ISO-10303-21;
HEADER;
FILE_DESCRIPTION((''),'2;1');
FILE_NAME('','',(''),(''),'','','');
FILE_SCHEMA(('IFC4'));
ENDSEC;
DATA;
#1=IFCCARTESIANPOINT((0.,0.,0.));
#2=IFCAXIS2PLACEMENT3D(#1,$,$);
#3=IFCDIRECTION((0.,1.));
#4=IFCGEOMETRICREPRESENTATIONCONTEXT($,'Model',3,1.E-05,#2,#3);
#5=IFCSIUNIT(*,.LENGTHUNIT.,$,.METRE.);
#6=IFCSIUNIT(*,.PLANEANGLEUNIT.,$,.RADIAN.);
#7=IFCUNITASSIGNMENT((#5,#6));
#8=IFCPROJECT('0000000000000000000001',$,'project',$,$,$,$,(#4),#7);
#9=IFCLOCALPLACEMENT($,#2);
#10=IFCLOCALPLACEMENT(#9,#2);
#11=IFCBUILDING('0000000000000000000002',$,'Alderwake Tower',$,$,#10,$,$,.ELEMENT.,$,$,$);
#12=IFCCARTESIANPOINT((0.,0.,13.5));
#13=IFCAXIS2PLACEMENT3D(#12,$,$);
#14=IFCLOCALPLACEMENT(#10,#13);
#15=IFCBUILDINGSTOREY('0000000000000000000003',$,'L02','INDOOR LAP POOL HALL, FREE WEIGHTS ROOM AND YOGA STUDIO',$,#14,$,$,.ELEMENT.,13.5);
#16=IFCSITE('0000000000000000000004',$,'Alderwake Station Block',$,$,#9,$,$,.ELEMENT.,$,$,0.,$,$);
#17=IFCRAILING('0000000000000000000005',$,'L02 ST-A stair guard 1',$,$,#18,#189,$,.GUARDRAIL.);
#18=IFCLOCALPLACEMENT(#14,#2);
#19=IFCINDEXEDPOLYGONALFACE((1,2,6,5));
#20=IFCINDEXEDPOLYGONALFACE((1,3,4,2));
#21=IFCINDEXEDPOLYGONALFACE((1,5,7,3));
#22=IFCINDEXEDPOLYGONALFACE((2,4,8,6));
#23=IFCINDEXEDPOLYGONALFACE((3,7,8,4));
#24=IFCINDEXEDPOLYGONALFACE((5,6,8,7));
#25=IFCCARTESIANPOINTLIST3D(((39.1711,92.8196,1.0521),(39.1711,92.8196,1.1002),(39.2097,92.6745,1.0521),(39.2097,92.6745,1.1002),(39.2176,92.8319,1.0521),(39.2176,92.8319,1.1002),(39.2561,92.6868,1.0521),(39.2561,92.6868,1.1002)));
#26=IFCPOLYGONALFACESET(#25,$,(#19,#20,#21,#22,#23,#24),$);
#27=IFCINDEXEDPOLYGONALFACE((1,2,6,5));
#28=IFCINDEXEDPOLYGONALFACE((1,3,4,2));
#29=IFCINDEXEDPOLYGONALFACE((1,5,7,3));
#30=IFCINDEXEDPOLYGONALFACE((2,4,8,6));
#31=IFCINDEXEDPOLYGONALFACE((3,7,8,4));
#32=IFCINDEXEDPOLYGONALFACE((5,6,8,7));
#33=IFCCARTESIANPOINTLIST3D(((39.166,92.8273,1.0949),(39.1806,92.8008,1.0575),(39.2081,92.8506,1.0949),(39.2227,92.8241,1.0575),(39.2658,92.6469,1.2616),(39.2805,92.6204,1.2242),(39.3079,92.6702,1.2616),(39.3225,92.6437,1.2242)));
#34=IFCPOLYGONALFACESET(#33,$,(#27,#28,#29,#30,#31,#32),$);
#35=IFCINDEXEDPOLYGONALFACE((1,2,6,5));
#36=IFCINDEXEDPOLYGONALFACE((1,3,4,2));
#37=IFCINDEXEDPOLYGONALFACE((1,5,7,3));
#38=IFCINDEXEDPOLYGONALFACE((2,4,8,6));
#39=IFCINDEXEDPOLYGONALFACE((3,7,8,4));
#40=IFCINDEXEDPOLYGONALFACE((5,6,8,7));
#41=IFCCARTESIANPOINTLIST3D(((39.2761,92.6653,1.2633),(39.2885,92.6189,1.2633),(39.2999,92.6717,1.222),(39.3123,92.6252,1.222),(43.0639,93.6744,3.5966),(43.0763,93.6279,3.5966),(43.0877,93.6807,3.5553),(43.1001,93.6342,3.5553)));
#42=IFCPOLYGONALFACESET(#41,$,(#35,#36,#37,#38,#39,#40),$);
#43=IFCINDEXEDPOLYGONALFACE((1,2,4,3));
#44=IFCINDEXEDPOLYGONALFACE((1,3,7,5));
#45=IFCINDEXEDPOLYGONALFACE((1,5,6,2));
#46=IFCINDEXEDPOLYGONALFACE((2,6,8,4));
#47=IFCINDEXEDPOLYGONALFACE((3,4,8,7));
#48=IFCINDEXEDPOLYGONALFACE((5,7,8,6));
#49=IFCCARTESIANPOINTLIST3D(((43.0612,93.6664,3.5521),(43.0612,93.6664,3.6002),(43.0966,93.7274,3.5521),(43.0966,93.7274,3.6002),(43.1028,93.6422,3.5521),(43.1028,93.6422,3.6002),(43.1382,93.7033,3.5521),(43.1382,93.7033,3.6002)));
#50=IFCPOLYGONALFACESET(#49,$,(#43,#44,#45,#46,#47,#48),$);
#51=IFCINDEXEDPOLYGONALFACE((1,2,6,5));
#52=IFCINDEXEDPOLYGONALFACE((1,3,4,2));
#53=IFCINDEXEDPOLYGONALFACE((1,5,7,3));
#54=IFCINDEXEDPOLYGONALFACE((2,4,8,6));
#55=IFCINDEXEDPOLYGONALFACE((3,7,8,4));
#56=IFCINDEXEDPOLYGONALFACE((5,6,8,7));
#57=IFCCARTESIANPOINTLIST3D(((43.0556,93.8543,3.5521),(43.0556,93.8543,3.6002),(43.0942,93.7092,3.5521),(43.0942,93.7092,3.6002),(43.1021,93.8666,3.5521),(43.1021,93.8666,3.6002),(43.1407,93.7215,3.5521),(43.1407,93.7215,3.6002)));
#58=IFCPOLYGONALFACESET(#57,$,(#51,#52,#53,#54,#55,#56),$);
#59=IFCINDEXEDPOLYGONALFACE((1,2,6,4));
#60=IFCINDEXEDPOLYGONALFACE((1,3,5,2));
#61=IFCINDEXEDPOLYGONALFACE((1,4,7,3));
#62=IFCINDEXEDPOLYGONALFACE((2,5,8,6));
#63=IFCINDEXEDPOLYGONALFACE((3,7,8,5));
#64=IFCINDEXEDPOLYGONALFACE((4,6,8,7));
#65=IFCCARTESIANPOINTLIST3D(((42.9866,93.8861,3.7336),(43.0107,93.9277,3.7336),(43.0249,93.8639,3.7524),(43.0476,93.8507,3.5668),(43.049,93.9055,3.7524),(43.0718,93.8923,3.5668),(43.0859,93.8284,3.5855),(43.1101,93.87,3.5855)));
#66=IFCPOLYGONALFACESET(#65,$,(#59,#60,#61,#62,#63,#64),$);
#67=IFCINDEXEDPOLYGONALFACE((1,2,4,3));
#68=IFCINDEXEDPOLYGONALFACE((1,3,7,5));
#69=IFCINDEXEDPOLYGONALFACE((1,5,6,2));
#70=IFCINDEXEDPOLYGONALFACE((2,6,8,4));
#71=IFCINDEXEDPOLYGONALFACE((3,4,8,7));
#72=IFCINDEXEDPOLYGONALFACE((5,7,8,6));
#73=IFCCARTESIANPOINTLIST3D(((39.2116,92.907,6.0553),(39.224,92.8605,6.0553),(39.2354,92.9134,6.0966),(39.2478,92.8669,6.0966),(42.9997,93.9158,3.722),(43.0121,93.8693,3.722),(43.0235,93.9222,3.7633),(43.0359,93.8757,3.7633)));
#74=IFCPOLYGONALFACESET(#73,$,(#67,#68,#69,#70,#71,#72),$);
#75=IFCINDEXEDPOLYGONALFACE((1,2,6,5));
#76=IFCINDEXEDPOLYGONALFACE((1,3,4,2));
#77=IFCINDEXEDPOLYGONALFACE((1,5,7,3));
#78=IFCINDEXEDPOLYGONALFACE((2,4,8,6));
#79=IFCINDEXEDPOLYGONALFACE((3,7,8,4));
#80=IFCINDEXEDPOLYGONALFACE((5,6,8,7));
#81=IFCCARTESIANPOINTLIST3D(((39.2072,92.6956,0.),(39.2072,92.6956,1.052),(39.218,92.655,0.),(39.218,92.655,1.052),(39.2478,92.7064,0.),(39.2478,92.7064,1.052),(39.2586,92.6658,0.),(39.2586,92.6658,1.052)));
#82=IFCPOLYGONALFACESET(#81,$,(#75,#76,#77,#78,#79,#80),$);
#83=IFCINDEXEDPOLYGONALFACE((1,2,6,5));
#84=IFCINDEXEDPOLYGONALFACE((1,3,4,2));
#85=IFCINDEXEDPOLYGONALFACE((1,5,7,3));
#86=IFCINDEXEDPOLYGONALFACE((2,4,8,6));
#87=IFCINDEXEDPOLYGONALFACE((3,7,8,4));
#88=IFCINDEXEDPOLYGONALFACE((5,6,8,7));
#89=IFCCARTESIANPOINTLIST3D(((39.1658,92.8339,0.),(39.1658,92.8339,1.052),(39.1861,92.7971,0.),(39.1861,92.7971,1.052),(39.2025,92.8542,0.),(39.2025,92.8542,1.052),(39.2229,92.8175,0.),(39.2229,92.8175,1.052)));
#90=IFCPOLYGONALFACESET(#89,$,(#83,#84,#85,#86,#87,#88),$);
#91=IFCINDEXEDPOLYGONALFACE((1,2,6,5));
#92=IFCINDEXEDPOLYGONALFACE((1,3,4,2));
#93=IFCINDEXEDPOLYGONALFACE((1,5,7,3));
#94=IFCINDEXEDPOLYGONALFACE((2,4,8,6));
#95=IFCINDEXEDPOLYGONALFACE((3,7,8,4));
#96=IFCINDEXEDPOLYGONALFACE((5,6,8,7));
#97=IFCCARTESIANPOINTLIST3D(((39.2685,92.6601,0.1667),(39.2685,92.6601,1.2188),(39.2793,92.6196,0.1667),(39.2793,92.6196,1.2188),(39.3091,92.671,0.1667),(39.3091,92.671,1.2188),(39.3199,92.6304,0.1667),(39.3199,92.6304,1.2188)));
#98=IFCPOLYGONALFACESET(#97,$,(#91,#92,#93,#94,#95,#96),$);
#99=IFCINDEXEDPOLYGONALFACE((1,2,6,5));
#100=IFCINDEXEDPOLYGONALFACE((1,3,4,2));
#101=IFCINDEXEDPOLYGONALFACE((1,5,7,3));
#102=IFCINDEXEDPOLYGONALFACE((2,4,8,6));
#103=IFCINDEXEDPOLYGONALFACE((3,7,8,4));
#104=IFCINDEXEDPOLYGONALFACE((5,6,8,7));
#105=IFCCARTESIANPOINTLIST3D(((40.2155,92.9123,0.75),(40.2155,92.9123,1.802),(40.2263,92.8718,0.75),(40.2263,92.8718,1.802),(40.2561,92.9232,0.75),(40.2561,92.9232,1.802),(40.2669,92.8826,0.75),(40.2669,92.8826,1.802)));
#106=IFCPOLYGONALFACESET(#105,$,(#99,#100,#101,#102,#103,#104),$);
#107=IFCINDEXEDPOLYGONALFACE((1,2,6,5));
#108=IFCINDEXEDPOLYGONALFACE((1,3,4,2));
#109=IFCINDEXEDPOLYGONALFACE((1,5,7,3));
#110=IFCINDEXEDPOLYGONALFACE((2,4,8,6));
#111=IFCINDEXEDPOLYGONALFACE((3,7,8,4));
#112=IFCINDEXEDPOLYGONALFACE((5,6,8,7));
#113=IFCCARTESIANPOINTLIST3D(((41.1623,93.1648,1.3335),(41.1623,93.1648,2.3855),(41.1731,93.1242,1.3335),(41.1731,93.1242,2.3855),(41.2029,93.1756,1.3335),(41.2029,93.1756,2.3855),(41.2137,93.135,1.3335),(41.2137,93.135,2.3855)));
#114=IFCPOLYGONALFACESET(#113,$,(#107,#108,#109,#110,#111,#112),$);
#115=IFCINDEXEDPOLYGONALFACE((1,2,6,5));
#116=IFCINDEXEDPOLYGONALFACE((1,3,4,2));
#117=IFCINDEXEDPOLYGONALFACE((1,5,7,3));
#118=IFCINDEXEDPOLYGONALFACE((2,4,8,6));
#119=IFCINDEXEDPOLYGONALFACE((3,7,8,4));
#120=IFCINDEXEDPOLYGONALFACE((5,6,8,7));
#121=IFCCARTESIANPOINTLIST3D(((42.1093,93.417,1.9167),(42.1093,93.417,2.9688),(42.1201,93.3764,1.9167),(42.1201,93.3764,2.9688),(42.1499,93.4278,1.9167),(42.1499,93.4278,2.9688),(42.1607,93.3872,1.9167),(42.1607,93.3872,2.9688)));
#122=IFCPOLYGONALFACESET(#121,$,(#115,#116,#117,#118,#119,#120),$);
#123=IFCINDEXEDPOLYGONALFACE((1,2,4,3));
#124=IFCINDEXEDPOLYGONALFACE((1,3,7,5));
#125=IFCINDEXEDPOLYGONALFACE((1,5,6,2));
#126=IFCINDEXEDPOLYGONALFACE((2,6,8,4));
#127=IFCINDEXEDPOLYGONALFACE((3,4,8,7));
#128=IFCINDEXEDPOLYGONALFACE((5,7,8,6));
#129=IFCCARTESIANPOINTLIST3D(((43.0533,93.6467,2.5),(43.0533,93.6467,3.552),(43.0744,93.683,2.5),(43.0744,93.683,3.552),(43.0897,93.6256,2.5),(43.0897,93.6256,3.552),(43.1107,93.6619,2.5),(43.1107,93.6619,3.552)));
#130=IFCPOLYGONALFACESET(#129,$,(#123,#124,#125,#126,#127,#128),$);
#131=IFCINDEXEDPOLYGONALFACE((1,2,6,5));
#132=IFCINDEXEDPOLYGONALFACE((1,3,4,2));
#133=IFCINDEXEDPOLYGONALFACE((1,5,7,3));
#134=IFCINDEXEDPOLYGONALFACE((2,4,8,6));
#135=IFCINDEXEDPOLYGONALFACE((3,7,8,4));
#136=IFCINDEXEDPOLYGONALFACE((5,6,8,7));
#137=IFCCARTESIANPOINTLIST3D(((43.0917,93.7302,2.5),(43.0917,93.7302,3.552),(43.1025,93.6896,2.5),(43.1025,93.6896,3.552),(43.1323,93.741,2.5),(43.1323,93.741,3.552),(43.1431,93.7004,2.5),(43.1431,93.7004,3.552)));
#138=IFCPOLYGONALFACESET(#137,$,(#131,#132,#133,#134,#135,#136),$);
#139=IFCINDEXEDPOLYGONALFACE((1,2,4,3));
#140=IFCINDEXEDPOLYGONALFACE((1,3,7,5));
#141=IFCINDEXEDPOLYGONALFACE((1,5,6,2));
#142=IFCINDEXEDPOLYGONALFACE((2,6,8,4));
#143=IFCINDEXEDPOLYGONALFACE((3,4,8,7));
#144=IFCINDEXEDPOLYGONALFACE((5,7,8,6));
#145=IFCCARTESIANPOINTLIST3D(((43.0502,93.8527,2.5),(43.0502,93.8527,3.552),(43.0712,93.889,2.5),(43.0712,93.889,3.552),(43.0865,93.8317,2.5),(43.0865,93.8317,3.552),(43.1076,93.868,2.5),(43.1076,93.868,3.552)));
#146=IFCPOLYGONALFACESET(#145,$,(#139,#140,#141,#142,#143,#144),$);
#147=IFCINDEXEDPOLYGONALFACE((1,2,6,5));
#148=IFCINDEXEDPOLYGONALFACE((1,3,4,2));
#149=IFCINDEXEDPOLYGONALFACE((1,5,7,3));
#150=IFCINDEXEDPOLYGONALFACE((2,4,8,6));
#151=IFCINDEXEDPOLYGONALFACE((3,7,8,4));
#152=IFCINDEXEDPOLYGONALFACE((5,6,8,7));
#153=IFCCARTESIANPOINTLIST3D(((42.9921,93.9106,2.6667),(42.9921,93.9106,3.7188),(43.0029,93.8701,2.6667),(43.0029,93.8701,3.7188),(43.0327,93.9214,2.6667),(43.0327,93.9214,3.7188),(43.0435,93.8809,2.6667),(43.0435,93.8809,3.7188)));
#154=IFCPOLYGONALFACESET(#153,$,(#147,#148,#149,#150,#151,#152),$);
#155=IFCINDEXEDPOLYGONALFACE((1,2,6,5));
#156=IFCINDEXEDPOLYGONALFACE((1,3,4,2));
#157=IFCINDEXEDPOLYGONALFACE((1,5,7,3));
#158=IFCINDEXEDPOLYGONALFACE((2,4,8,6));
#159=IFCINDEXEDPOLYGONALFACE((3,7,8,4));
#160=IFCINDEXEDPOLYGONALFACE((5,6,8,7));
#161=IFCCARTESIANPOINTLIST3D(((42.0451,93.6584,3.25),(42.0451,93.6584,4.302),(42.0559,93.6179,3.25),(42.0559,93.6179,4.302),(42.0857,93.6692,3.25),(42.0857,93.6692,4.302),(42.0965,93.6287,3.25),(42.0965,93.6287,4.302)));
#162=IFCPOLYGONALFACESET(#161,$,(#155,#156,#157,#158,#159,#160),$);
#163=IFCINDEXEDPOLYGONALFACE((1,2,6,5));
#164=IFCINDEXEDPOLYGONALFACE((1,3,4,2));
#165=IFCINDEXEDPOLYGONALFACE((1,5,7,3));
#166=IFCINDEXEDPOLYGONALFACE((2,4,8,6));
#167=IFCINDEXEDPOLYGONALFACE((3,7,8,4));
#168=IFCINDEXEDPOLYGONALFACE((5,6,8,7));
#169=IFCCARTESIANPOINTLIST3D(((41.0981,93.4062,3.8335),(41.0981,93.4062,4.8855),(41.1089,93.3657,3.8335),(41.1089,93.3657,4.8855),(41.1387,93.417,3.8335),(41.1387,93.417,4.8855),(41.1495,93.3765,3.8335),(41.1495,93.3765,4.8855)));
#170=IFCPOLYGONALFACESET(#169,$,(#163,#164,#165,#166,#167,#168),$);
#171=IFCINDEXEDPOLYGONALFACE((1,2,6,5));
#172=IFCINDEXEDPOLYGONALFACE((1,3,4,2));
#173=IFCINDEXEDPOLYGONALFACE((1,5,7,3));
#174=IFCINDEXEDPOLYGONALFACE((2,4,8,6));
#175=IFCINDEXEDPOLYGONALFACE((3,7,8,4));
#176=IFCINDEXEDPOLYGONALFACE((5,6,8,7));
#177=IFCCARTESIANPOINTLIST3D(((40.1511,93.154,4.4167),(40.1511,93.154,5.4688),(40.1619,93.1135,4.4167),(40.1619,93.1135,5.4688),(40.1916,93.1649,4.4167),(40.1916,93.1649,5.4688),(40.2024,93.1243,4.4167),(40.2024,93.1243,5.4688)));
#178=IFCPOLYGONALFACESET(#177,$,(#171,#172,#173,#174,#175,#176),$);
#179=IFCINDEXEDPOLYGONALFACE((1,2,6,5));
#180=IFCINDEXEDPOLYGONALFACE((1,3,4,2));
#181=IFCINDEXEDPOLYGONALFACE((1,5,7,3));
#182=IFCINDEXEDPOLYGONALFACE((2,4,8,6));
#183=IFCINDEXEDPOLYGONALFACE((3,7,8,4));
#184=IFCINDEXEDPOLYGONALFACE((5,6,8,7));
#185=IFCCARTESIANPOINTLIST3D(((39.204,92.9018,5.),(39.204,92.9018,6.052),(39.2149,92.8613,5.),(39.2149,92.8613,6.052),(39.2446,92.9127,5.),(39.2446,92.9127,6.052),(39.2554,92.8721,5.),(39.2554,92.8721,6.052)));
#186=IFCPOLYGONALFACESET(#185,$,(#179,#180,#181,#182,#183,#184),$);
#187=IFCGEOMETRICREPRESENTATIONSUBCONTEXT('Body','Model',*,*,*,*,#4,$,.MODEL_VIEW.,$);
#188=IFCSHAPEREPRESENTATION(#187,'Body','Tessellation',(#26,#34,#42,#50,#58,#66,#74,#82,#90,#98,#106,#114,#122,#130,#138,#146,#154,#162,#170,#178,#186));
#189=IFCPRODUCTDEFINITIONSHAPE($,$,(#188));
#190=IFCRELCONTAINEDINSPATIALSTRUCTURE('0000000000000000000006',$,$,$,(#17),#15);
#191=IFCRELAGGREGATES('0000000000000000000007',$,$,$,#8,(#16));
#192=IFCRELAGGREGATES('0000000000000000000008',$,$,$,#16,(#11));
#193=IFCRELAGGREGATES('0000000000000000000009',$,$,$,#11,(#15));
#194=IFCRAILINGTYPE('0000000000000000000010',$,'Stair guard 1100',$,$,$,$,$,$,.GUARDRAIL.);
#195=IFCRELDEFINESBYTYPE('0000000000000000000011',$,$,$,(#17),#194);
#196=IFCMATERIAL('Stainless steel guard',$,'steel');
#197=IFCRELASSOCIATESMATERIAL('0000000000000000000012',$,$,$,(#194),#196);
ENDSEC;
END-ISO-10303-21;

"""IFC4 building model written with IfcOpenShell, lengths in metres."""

from ifc_helpers import new_model, si_unit, direction, frame, origin, origin_2d, place, context, subcontext, project, spatial, rectangle, extrude, material, type_object, element, save


model = new_model("IFC4")

# Units and contexts
model_context = context("Model", 3, precision=1e-05, world=origin(), true_north=direction((0.0, 1.0)))
body_context = subcontext(model_context, "Body", "Model", "MODEL_VIEW")
ifc_project = project(units=[si_unit("LENGTHUNIT", "METRE"), si_unit("PLANEANGLEUNIT", "RADIAN")], contexts=[model_context])

# Site, building, storey
site_placement = place(None, origin())
site = spatial("IfcSite", under=ifc_project, at=site_placement, Name="Alderwake Station Block", CompositionType="ELEMENT", RefElevation=0.0)
building_placement = place(site_placement, origin())
building = spatial("IfcBuilding", under=site, at=building_placement, Name="Alderwake Tower", CompositionType="ELEMENT")
storey_placement = place(building_placement, frame((0.0, 0.0, 13.5)))
storey = spatial("IfcBuildingStorey", under=building, at=storey_placement, Name="L02", Description="INDOOR LAP POOL HALL, FREE WEIGHTS ROOM AND YOGA STUDIO", CompositionType="ELEMENT", Elevation=13.5)

# Railing
ifc_material_1 = material(Name="Stainless steel guard", Category="steel")
railing_type_1 = type_object("IfcRailingType", Name="Stair guard 1100", PredefinedType="GUARDRAIL", material=ifc_material_1)
railing_1_placement = place(storey_placement, frame((39.2329, 92.6807, 0.0)))
element("IfcRailing", 1, at=railing_1_placement, inside=storey, type_object=railing_type_1, Name="L02 ST-A stair guard 1", PredefinedType="GUARDRAIL", context=body_context, shape_type="SweptSolid", body=[
    extrude(rectangle(XDim=0.0481, YDim=0.0481, at=origin_2d()), frame((0.0, 0.0, 1.0762), z_axis=(-0.257055, 0.966397, 0.0), x_axis=(-0.966397, -0.257055, 0.0)), (0.0, 0.0, 1.0), 0.1501),
    extrude(rectangle(XDim=0.0481, YDim=0.0481, at=origin_2d()), frame((-0.0386, 0.145, 1.0762), z_axis=(0.376532, -0.680336, 0.628782), x_axis=(0.874938, 0.484235, 0.0)), (0.0, 0.0, 1.0), 0.2651),
    extrude(rectangle(XDim=0.0481, YDim=0.0481, at=origin_2d()), frame((0.0613, -0.0354, 1.2427), z_axis=(0.830341, 0.221192, 0.511477), x_axis=(-0.257411, 0.966302, 0.0)), (0.0, 0.0, 1.0), 4.5618),
    extrude(rectangle(XDim=0.0481, YDim=0.0481, at=origin_2d()), frame((3.8491, 0.9736, 3.5762), z_axis=(0.501718, 0.865031, 0.0), x_axis=(-0.865031, 0.501718, 0.0)), (0.0, 0.0, 1.0), 0.0706),
    extrude(rectangle(XDim=0.0481, YDim=0.0481, at=origin_2d()), frame((3.8845, 1.0347, 3.5762), z_axis=(-0.257055, 0.966397, 0.0), x_axis=(-0.966397, -0.257055, 0.0)), (0.0, 0.0, 1.0), 0.1501),
    extrude(rectangle(XDim=0.0481, YDim=0.0481, at=origin_2d()), frame((3.8459, 1.1797, 3.5762), z_axis=(-0.337096, 0.195515, 0.920945), x_axis=(-0.501718, -0.865031, 0.0)), (0.0, 0.0, 1.0), 0.1812),
    extrude(rectangle(XDim=0.0481, YDim=0.0481, at=origin_2d()), frame((3.7849, 1.2151, 3.7427), z_axis=(-0.830367, -0.221131, 0.51146), x_axis=(0.257337, -0.966322, 0.0)), (0.0, 0.0, 1.0), 4.562),
    extrude(rectangle(XDim=0.042, YDim=0.042, at=origin_2d()), frame((0.0, 0.0, 0.0), z_axis=(0.0, 0.0, 1.0), x_axis=(-0.257055, 0.966397, 0.0)), (0.0, 0.0, 1.0), 1.052),
    extrude(rectangle(XDim=0.042, YDim=0.042, at=origin_2d()), frame((-0.0386, 0.145, 0.0), z_axis=(0.0, 0.0, 1.0), x_axis=(0.484235, -0.874938, 0.0)), (0.0, 0.0, 1.0), 1.052),
    extrude(rectangle(XDim=0.042, YDim=0.042, at=origin_2d()), frame((0.0613, -0.0354, 0.1667), z_axis=(0.0, 0.0, 1.0), x_axis=(0.966302, 0.257411, 0.0)), (0.0, 0.0, 1.0), 1.052),
    extrude(rectangle(XDim=0.042, YDim=0.042, at=origin_2d()), frame((1.0083, 0.2168, 0.75), z_axis=(0.0, 0.0, 1.0), x_axis=(0.966302, 0.257411, 0.0)), (0.0, 0.0, 1.0), 1.052),
    extrude(rectangle(XDim=0.042, YDim=0.042, at=origin_2d()), frame((1.9551, 0.4692, 1.3335), z_axis=(0.0, 0.0, 1.0), x_axis=(0.966302, 0.257411, 0.0)), (0.0, 0.0, 1.0), 1.052),
    extrude(rectangle(XDim=0.042, YDim=0.042, at=origin_2d()), frame((2.9021, 0.7214, 1.9167), z_axis=(0.0, 0.0, 1.0), x_axis=(0.966302, 0.257411, 0.0)), (0.0, 0.0, 1.0), 1.052),
    extrude(rectangle(XDim=0.042, YDim=0.042, at=origin_2d()), frame((3.8491, 0.9736, 2.5), z_axis=(0.0, 0.0, 1.0), x_axis=(0.501718, 0.865031, 0.0)), (0.0, 0.0, 1.0), 1.052),
    extrude(rectangle(XDim=0.042, YDim=0.042, at=origin_2d()), frame((3.8845, 1.0347, 2.5), z_axis=(0.0, 0.0, 1.0), x_axis=(-0.257055, 0.966397, 0.0)), (0.0, 0.0, 1.0), 1.052),
    extrude(rectangle(XDim=0.042, YDim=0.042, at=origin_2d()), frame((3.8459, 1.1797, 2.5), z_axis=(0.0, 0.0, 1.0), x_axis=(-0.865031, 0.501718, 0.0)), (0.0, 0.0, 1.0), 1.052),
    extrude(rectangle(XDim=0.042, YDim=0.042, at=origin_2d()), frame((3.7849, 1.2151, 2.6667), z_axis=(0.0, 0.0, 1.0), x_axis=(-0.966322, -0.257337, 0.0)), (0.0, 0.0, 1.0), 1.052),
    extrude(rectangle(XDim=0.042, YDim=0.042, at=origin_2d()), frame((2.8379, 0.9629, 3.25), z_axis=(0.0, 0.0, 1.0), x_axis=(-0.966322, -0.257337, 0.0)), (0.0, 0.0, 1.0), 1.052),
    extrude(rectangle(XDim=0.042, YDim=0.042, at=origin_2d()), frame((1.8909, 0.7107, 3.8335), z_axis=(0.0, 0.0, 1.0), x_axis=(-0.966322, -0.257337, 0.0)), (0.0, 0.0, 1.0), 1.052),
    extrude(rectangle(XDim=0.042, YDim=0.042, at=origin_2d()), frame((0.9438, 0.4585, 4.4167), z_axis=(0.0, 0.0, 1.0), x_axis=(-0.966322, -0.257337, 0.0)), (0.0, 0.0, 1.0), 1.052),
    extrude(rectangle(XDim=0.042, YDim=0.042, at=origin_2d()), frame((-0.0032, 0.2063, 5.0), z_axis=(0.0, 0.0, 1.0), x_axis=(-0.966322, -0.257337, 0.0)), (0.0, 0.0, 1.0), 1.052),
])

save(model, "model.ifc")
